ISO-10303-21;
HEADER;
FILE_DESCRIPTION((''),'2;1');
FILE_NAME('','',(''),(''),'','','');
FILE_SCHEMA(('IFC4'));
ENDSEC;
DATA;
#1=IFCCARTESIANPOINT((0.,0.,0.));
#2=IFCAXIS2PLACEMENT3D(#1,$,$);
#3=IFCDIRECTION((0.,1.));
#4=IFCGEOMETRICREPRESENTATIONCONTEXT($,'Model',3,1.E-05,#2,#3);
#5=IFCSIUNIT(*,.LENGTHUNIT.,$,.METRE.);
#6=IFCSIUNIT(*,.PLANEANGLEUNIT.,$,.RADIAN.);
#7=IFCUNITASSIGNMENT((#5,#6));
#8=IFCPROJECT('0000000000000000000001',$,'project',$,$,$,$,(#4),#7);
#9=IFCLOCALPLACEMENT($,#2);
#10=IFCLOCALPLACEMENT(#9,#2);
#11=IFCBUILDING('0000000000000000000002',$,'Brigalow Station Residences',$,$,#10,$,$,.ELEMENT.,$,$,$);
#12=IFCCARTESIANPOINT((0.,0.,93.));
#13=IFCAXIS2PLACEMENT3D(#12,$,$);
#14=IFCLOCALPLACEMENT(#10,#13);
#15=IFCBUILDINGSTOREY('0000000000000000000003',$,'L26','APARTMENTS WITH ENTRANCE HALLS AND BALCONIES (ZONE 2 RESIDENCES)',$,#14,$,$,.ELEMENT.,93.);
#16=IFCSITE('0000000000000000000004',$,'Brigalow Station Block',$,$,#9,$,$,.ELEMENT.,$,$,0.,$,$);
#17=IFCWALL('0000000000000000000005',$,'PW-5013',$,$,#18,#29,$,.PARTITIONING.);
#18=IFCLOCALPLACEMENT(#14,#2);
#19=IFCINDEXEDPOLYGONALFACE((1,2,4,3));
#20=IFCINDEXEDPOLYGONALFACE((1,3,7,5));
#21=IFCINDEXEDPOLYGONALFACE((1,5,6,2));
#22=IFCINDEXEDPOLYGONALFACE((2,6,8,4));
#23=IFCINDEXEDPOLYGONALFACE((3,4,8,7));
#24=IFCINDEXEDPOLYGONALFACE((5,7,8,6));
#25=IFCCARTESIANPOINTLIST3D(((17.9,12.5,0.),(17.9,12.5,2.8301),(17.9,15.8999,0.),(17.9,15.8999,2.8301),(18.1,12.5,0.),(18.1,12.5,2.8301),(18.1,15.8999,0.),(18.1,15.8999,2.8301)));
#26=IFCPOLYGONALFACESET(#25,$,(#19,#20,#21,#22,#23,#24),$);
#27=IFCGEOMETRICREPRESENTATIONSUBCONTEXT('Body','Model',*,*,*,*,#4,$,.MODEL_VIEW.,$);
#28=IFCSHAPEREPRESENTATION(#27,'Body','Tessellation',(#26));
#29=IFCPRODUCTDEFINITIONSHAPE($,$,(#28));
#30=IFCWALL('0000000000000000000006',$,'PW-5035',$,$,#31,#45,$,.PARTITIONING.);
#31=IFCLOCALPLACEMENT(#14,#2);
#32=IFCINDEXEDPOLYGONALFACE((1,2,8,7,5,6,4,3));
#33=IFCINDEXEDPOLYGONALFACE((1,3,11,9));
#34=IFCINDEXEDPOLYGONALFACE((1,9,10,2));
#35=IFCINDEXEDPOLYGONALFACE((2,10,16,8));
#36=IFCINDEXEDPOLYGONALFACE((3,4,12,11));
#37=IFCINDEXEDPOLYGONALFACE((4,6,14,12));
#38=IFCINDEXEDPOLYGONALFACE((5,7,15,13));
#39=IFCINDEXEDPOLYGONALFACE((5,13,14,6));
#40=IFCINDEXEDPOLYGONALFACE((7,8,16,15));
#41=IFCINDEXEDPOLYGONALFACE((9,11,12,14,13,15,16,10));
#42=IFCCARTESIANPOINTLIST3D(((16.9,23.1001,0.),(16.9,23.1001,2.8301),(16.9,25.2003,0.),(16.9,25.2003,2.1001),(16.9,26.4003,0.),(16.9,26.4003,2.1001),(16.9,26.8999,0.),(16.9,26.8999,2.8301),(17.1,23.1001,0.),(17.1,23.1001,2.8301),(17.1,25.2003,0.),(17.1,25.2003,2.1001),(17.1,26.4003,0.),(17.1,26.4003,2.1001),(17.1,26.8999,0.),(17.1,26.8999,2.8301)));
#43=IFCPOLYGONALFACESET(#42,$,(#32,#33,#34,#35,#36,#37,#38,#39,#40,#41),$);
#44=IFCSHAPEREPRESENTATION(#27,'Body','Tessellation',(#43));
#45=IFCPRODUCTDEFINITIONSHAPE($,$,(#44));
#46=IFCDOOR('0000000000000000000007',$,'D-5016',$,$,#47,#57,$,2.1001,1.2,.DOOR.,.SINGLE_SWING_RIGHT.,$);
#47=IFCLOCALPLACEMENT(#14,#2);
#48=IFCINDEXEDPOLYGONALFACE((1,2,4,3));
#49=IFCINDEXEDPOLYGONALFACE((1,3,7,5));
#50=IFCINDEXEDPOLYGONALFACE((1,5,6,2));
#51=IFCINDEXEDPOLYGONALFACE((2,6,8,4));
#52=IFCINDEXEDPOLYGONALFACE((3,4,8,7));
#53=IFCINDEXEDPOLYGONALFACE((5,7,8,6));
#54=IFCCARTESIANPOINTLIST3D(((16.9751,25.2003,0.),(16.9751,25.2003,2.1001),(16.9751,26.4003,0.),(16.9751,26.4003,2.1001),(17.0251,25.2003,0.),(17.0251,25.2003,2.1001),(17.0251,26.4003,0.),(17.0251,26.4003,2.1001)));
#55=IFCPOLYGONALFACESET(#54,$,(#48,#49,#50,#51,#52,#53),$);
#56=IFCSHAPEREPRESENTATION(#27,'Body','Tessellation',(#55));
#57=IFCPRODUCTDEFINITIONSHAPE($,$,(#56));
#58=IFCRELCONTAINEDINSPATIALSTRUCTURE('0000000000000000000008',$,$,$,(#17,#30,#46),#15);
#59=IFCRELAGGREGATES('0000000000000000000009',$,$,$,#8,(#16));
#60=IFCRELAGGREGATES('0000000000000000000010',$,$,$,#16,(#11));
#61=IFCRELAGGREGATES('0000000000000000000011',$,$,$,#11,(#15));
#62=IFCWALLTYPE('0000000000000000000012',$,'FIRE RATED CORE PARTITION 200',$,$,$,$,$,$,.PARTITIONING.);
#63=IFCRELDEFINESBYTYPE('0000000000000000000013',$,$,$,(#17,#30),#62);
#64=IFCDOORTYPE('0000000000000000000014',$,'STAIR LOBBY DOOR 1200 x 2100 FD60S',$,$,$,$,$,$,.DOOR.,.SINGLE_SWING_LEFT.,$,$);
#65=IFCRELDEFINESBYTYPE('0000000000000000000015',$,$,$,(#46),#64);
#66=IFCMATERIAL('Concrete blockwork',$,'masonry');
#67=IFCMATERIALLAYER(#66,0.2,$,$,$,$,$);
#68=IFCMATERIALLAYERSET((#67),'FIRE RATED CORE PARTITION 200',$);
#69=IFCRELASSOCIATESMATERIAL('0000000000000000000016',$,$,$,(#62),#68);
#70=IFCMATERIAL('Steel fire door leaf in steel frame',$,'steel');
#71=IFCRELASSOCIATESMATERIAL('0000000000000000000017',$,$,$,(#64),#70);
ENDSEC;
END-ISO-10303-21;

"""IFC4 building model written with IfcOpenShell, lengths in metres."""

from ifc_helpers import new_model, si_unit, direction, frame, frame_2d, origin, place, context, subcontext, project, spatial, rectangle, extrude, material, layer, layer_set, type_object, element, fill, save


model = new_model("IFC4")

# Units and contexts
model_context = context("Model", 3, precision=1e-05, world=origin(), true_north=direction((0.0, 1.0)))
body_context = subcontext(model_context, "Body", "Model", "MODEL_VIEW")
ifc_project = project(units=[si_unit("LENGTHUNIT", "METRE"), si_unit("PLANEANGLEUNIT", "RADIAN")], contexts=[model_context])

# Site, building, storey
site_placement = place(None, origin())
site = spatial("IfcSite", under=ifc_project, at=site_placement, Name="Brigalow Station Block", CompositionType="ELEMENT", RefElevation=0.0)
building_placement = place(site_placement, origin())
building = spatial("IfcBuilding", under=site, at=building_placement, Name="Brigalow Station Residences", CompositionType="ELEMENT")
storey_placement = place(building_placement, frame((0.0, 0.0, 93.0)))
storey = spatial("IfcBuildingStorey", under=building, at=storey_placement, Name="L26", Description="APARTMENTS WITH ENTRANCE HALLS AND BALCONIES (ZONE 2 RESIDENCES)", CompositionType="ELEMENT", Elevation=93.0)

# Wall
ifc_material_1 = material(Name="Concrete blockwork", Category="masonry")
ifc_layer_1 = layer(ifc_material_1, 0.2)
ifc_layer_set_1 = layer_set([ifc_layer_1], Name="FIRE RATED CORE PARTITION 200")
wall_type_1 = type_object("IfcWallType", Name="FIRE RATED CORE PARTITION 200", PredefinedType="PARTITIONING", material=ifc_layer_set_1)
wall_1_placement = place(storey_placement, frame((18.0, 12.5, 0.0), z_axis=(0.0, 0.0, 1.0), x_axis=(0.0, 1.0, 0.0)))
element("IfcWall", 1, at=wall_1_placement, inside=storey, type_object=wall_type_1, Name="PW-5013", PredefinedType="PARTITIONING", context=body_context, shape_type="SweptSolid", body=[
    extrude(rectangle(XDim=3.3999, YDim=0.2, at=frame_2d((1.7, 0.0))), origin(), (0.0, 0.0, 1.0), 2.8301),
])

# Wall, opening, door
wall_2_placement = place(storey_placement, frame((17.0, 23.1001, 0.0), z_axis=(0.0, 0.0, 1.0), x_axis=(0.0, 1.0, 0.0)))
wall_2 = element("IfcWall", 2, at=wall_2_placement, inside=storey, type_object=wall_type_1, Name="PW-5035", PredefinedType="PARTITIONING", context=body_context, shape_type="SweptSolid", body=[
    extrude(rectangle(XDim=3.7998, YDim=0.2, at=frame_2d((1.8999, 0.0))), origin(), (0.0, 0.0, 1.0), 2.8301),
])
opening_1_placement = place(wall_2_placement, frame((2.1001, 0.0, 0.0)))
opening_1 = element("IfcOpeningElement", 3, at=opening_1_placement, cuts=wall_2, PredefinedType="OPENING", context=body_context, shape_type="SweptSolid", body=[
    extrude(rectangle(XDim=1.2, YDim=2.1001, at=frame_2d((0.6001, 1.05))), frame((0.0, 0.1099, 0.0), z_axis=(0.0, -1.0, 0.0), x_axis=(1.0, 0.0, 0.0)), (0.0, 0.0, 1.0), 0.22),
])
ifc_material_2 = material(Name="Steel fire door leaf in steel frame", Category="steel")
door_type_1 = type_object("IfcDoorType", Name="STAIR LOBBY DOOR 1200 x 2100 FD60S", OperationType="SINGLE_SWING_LEFT", PredefinedType="DOOR", material=ifc_material_2)
door_1_placement = place(opening_1_placement, origin())
door_1 = element("IfcDoor", 4, at=door_1_placement, inside=storey, type_object=door_type_1, Name="D-5016", OperationType="SINGLE_SWING_RIGHT", OverallHeight=2.1001, OverallWidth=1.2, PredefinedType="DOOR", context=body_context, shape_type="SweptSolid", body=[
    extrude(rectangle(XDim=1.2, YDim=2.1001, at=frame_2d((0.6001, 1.05))), frame((0.0, 0.0249, 0.0), z_axis=(0.0, -1.0, 0.0), x_axis=(1.0, 0.0, 0.0)), (0.0, 0.0, 1.0), 0.05),
])
fill(opening_1, door_1)

save(model, "model.ifc")
